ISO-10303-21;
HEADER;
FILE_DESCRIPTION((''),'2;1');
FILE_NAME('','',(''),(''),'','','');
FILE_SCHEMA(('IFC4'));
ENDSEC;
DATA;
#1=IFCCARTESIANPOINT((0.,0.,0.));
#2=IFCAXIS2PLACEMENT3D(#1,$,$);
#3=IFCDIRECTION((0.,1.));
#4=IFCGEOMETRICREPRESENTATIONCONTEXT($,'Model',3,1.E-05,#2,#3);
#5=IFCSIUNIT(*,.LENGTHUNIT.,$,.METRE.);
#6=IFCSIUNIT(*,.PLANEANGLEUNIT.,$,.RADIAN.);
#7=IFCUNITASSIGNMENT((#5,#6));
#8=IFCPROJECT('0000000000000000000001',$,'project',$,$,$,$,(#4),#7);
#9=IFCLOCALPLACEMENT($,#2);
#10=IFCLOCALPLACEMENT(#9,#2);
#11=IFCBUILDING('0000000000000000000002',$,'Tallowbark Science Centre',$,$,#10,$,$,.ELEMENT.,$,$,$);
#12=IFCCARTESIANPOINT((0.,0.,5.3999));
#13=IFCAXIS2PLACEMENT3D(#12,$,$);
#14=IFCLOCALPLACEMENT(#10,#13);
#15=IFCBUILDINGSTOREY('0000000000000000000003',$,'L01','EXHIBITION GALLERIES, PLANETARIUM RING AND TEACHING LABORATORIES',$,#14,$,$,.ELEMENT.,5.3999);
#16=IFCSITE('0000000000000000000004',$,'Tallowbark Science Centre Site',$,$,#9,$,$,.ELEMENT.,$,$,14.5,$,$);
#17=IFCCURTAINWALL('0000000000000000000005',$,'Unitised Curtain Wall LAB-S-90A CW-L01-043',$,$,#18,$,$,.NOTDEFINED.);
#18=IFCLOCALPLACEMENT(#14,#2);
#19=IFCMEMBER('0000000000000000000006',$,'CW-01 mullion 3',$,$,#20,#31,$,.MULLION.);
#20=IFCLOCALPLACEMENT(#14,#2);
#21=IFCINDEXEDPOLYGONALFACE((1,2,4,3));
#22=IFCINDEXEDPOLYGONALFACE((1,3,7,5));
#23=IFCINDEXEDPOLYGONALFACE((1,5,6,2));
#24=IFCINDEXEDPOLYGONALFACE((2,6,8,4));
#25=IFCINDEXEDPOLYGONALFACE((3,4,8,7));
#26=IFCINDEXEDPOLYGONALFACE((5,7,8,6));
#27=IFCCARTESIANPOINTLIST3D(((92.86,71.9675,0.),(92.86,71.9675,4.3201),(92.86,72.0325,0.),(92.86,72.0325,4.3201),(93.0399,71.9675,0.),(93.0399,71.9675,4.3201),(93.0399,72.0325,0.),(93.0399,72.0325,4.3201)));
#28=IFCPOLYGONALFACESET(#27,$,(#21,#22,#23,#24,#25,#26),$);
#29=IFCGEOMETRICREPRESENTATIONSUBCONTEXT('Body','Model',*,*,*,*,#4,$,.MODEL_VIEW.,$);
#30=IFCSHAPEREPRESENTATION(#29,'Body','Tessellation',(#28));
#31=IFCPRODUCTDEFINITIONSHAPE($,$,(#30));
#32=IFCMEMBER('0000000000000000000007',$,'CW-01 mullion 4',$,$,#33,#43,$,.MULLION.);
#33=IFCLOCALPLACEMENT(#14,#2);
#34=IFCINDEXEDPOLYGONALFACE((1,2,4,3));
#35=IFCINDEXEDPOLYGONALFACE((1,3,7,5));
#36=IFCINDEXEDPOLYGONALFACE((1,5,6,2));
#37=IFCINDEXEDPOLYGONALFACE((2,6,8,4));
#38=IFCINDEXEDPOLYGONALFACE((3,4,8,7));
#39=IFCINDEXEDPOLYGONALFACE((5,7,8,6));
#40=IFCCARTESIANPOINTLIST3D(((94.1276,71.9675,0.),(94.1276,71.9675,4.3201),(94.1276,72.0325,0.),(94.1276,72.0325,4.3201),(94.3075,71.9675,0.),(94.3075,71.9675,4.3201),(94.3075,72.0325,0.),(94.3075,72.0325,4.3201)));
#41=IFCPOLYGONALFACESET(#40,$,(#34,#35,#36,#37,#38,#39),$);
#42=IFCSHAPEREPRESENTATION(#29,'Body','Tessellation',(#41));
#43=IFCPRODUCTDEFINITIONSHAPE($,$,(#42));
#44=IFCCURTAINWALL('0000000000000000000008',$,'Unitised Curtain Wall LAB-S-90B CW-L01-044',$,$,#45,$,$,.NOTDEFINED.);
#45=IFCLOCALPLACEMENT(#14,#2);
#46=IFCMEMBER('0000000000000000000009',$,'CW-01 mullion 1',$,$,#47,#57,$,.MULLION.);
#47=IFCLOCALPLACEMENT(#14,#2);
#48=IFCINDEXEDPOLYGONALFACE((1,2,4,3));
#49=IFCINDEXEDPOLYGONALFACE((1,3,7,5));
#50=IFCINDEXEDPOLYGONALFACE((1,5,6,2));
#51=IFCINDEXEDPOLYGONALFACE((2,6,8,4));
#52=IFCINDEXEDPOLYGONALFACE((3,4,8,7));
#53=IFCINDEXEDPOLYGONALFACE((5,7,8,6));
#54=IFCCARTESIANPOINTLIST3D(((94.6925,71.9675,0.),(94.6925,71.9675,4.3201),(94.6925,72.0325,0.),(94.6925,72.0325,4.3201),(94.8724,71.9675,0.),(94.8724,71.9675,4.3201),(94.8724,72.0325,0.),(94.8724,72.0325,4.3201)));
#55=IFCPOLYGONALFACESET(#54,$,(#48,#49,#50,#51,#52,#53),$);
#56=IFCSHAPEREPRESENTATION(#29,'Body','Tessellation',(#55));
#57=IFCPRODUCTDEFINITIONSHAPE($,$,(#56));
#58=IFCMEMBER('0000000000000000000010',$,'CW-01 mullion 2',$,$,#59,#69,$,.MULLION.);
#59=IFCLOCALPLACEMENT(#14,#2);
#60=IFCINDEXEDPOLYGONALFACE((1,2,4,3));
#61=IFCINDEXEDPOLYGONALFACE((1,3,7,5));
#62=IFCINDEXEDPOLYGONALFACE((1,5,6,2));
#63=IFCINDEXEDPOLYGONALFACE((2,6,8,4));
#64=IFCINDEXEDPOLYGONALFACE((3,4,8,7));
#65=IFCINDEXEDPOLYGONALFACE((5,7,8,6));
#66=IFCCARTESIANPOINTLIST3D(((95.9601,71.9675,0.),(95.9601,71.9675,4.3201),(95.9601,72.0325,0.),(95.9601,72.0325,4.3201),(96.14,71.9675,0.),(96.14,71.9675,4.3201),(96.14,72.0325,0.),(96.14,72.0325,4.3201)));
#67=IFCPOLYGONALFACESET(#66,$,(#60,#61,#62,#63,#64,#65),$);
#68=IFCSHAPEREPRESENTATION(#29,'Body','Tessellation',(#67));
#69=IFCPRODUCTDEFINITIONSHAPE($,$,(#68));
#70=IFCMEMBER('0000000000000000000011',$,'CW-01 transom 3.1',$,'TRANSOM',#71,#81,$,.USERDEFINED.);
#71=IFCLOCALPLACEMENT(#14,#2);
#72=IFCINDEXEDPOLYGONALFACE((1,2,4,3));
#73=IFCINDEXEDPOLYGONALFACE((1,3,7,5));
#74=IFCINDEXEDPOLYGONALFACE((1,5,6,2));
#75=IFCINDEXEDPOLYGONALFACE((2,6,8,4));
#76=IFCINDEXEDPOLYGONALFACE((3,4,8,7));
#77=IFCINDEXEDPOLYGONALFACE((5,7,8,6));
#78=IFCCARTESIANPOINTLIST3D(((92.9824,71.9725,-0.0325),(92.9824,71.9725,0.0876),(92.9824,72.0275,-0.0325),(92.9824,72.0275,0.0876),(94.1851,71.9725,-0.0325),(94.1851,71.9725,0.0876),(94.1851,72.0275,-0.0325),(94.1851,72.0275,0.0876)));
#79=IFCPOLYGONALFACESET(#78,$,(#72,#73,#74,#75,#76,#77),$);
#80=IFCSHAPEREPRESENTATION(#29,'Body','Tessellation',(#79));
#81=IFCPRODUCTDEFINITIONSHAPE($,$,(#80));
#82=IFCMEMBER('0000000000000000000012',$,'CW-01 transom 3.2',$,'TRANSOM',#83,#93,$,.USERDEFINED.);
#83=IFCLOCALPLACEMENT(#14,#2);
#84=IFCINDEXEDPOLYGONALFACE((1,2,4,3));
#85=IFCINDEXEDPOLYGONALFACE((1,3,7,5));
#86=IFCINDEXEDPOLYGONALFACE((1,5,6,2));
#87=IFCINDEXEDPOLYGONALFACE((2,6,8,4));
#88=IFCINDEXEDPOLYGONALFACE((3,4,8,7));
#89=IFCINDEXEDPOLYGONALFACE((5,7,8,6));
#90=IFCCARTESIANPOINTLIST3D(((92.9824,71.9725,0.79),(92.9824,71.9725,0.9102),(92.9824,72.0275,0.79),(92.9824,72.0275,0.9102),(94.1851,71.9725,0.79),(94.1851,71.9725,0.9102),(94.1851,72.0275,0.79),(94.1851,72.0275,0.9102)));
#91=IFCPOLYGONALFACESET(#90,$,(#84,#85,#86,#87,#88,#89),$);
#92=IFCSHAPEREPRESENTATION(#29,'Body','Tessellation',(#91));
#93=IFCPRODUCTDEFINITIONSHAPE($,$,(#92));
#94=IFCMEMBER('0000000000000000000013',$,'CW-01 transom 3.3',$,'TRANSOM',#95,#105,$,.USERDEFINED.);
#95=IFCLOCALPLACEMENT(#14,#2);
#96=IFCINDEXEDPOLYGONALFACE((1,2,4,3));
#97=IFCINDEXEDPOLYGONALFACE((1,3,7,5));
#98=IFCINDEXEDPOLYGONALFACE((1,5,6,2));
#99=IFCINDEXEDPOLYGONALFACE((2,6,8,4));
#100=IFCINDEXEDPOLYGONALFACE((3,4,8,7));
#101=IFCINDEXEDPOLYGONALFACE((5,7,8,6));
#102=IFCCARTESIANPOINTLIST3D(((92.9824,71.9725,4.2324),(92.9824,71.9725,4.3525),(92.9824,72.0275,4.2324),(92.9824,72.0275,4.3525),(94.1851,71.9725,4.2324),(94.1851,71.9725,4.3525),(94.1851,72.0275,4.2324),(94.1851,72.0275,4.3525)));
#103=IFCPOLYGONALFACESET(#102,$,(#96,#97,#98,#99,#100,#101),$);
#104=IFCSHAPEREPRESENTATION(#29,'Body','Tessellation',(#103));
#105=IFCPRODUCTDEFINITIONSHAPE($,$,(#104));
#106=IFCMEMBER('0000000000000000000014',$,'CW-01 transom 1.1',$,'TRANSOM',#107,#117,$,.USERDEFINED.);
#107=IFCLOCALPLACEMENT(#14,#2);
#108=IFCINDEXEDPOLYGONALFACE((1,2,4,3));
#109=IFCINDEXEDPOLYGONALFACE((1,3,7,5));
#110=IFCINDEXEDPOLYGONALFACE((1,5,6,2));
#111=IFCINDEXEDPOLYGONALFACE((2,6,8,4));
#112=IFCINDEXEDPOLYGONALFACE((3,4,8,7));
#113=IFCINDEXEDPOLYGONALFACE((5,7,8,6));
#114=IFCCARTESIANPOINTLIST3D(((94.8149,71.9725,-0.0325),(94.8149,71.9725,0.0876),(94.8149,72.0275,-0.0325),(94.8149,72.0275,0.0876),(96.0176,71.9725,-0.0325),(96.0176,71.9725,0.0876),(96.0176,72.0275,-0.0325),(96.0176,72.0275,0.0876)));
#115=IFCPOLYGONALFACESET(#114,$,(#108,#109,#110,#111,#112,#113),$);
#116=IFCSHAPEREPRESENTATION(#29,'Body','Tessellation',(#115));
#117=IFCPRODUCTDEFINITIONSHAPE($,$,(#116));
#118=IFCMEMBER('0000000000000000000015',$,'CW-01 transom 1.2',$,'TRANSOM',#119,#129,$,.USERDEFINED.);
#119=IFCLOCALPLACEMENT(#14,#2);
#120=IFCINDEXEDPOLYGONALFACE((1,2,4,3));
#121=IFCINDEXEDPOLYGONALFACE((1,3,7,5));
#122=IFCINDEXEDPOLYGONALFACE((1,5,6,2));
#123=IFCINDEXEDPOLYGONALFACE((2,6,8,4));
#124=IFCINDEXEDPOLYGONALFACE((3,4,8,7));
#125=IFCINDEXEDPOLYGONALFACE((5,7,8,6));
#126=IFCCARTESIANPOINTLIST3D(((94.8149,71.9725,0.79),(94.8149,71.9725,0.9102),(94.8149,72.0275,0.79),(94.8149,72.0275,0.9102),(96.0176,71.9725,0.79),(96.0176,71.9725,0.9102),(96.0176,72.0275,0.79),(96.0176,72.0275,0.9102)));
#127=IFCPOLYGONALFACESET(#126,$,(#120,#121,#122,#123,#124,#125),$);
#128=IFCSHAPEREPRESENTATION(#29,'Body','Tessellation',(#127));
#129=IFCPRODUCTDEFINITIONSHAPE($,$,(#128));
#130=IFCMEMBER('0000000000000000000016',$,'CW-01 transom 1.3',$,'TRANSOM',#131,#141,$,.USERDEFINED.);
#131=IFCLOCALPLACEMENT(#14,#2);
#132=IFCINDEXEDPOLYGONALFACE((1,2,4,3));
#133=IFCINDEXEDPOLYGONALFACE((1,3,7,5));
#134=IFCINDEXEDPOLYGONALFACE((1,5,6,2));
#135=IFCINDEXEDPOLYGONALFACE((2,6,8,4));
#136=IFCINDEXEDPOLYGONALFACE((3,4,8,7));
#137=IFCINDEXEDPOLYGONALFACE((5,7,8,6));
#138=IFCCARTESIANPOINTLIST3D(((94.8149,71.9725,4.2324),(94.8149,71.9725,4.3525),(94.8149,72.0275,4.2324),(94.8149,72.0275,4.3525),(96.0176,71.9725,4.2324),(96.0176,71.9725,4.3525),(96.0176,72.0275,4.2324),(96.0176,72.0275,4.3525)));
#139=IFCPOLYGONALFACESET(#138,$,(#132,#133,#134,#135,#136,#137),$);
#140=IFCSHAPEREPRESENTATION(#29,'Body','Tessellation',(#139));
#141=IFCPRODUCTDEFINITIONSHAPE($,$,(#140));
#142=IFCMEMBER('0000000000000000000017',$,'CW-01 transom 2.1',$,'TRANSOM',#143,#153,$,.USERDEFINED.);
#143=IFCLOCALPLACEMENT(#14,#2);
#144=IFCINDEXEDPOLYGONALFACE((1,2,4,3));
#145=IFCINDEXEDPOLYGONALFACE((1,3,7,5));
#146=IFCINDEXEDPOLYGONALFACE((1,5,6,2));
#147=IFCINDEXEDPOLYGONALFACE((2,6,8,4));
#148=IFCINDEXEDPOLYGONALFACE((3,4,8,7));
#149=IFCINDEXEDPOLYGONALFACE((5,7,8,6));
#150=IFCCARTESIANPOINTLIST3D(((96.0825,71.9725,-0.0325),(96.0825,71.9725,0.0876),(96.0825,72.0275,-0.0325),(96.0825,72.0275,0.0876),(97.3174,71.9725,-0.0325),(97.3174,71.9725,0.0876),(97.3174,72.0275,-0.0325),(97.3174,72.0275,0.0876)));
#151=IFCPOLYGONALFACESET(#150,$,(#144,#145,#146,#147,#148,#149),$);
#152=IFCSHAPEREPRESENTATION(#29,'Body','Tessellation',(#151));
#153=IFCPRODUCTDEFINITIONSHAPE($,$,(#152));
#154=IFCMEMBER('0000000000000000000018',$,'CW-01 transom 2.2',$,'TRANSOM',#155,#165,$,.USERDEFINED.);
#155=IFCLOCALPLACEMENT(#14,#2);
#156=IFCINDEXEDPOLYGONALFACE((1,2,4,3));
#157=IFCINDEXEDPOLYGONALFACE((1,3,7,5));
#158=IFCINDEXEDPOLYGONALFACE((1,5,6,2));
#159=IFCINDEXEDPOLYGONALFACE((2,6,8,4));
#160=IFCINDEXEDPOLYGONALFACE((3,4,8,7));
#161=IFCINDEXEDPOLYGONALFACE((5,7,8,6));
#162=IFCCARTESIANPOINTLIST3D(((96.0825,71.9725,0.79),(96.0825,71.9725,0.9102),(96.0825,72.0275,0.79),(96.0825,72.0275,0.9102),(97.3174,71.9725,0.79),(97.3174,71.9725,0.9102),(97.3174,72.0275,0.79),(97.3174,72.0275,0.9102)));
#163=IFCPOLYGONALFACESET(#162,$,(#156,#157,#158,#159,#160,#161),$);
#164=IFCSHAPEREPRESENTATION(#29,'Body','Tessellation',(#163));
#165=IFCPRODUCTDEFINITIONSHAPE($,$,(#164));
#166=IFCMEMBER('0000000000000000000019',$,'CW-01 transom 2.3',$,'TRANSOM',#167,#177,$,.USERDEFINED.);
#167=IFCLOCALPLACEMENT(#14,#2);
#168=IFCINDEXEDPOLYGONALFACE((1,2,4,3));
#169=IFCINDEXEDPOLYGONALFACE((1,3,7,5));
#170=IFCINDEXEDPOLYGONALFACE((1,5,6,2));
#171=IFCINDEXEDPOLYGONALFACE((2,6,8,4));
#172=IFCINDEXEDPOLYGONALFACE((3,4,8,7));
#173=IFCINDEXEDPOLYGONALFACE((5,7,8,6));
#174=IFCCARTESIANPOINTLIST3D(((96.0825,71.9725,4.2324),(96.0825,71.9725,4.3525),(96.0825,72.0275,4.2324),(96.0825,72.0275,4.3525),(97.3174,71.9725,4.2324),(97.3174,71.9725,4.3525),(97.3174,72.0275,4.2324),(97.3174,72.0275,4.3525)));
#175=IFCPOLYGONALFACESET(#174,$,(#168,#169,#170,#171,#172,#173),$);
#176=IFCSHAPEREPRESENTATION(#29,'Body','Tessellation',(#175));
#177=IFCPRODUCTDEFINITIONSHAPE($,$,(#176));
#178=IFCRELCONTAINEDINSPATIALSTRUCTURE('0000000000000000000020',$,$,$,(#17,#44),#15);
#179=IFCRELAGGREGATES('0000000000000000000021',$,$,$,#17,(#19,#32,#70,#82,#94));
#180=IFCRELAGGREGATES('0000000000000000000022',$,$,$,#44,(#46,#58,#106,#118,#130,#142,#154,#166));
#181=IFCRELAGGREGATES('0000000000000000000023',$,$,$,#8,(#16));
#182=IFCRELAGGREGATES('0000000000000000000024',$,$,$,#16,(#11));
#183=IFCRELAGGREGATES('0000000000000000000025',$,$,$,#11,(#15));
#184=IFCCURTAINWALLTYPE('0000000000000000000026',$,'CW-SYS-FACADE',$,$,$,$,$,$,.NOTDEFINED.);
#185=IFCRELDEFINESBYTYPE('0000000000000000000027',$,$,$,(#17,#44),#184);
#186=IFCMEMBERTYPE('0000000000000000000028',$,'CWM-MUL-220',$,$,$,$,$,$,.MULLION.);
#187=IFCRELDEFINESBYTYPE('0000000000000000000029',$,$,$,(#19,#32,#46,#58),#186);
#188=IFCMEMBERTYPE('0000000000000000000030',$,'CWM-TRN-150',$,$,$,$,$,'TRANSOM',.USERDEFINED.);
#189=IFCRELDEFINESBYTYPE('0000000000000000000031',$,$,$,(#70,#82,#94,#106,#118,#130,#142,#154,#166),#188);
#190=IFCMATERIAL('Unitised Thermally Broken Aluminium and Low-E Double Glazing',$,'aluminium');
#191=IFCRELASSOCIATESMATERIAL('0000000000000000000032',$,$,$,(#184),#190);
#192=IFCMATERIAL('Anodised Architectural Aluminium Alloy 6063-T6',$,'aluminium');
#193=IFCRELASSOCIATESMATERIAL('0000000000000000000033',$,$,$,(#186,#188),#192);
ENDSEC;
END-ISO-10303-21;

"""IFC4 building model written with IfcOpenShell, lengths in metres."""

from ifc_helpers import new_model, si_unit, direction, frame, origin, origin_2d, place, context, subcontext, project, spatial, rectangle, extrude, material, material_profile, profile_set, type_object, element, aggregate, save


model = new_model("IFC4")

# Units and contexts
model_context = context("Model", 3, precision=1e-05, world=origin(), true_north=direction((0.0, 1.0)))
body_context = subcontext(model_context, "Body", "Model", "MODEL_VIEW")
ifc_project = project(units=[si_unit("LENGTHUNIT", "METRE"), si_unit("PLANEANGLEUNIT", "RADIAN")], contexts=[model_context])

# Site, building, storey
site_placement = place(None, origin())
site = spatial("IfcSite", under=ifc_project, at=site_placement, Name="Tallowbark Science Centre Site", CompositionType="ELEMENT", RefElevation=14.5)
building_placement = place(site_placement, origin())
building = spatial("IfcBuilding", under=site, at=building_placement, Name="Tallowbark Science Centre", CompositionType="ELEMENT")
storey_placement = place(building_placement, frame((0.0, 0.0, 5.3999)))
storey = spatial("IfcBuildingStorey", under=building, at=storey_placement, Name="L01", Description="EXHIBITION GALLERIES, PLANETARIUM RING AND TEACHING LABORATORIES", CompositionType="ELEMENT", Elevation=5.3999)

# Curtain walls, members
ifc_material_1 = material(Name="Unitised Thermally Broken Aluminium and Low-E Double Glazing", Category="aluminium")
curtain_wall_type = type_object("IfcCurtainWallType", Name="CW-SYS-FACADE", PredefinedType="NOTDEFINED", material=ifc_material_1)
curtain_wall_1_placement = place(storey_placement, origin())
curtain_wall_1 = element("IfcCurtainWall", 1, at=curtain_wall_1_placement, inside=storey, type_object=curtain_wall_type, Name="Unitised Curtain Wall LAB-S-90A CW-L01-043", PredefinedType="NOTDEFINED")
ifc_material_2 = material(Name="Anodised Architectural Aluminium Alloy 6063-T6", Category="aluminium")
ifc_material_profile_1 = material_profile(ifc_material_2, rectangle(XDim=0.0649, YDim=0.1799, at=origin_2d()), Name="ALU65x180")
ifc_profile_set_1 = profile_set([ifc_material_profile_1], Name="Anodised Architectural Aluminium Alloy 6063-T6")
member_type_1 = type_object("IfcMemberType", Name="CWM-MUL-220", PredefinedType="MULLION", material=ifc_profile_set_1)
member_1_placement = place(storey_placement, frame((92.95, 72.0, 0.0), z_axis=(0.0, 0.0, 1.0), x_axis=(0.0, 1.0, 0.0)))
member_1 = element("IfcMember", 2, at=member_1_placement, type_object=member_type_1, Name="CW-01 mullion 3", PredefinedType="MULLION", context=body_context, shape_type="SweptSolid", body=[
    extrude(rectangle(XDim=0.0649, YDim=0.1799, at=origin_2d()), origin(), (0.0, 0.0, 1.0), 4.3201),
])
member_2_placement = place(storey_placement, frame((94.2175, 72.0, 0.0), z_axis=(0.0, 0.0, 1.0), x_axis=(0.0, 1.0, 0.0)))
member_2 = element("IfcMember", 3, at=member_2_placement, type_object=member_type_1, Name="CW-01 mullion 4", PredefinedType="MULLION", context=body_context, shape_type="SweptSolid", body=[
    extrude(rectangle(XDim=0.0649, YDim=0.1799, at=origin_2d()), origin(), (0.0, 0.0, 1.0), 4.3201),
])
curtain_wall_2_placement = place(storey_placement, origin())
curtain_wall_2 = element("IfcCurtainWall", 4, at=curtain_wall_2_placement, inside=storey, type_object=curtain_wall_type, Name="Unitised Curtain Wall LAB-S-90B CW-L01-044", PredefinedType="NOTDEFINED")
member_3_placement = place(storey_placement, frame((94.7825, 72.0, 0.0), z_axis=(0.0, 0.0, 1.0), x_axis=(0.0, 1.0, 0.0)))
member_3 = element("IfcMember", 5, at=member_3_placement, type_object=member_type_1, Name="CW-01 mullion 1", PredefinedType="MULLION", context=body_context, shape_type="SweptSolid", body=[
    extrude(rectangle(XDim=0.0649, YDim=0.1799, at=origin_2d()), origin(), (0.0, 0.0, 1.0), 4.3201),
])
member_4_placement = place(storey_placement, frame((96.05, 72.0, 0.0), z_axis=(0.0, 0.0, 1.0), x_axis=(0.0, 1.0, 0.0)))
member_4 = element("IfcMember", 6, at=member_4_placement, type_object=member_type_1, Name="CW-01 mullion 2", PredefinedType="MULLION", context=body_context, shape_type="SweptSolid", body=[
    extrude(rectangle(XDim=0.0649, YDim=0.1799, at=origin_2d()), origin(), (0.0, 0.0, 1.0), 4.3201),
])

# Members
ifc_material_profile_2 = material_profile(ifc_material_2, rectangle(XDim=0.0549, YDim=0.1201, at=origin_2d()), Name="ALU55x120")
ifc_profile_set_2 = profile_set([ifc_material_profile_2], Name="Anodised Architectural Aluminium Alloy 6063-T6")
member_type_2 = type_object("IfcMemberType", Name="CWM-TRN-150", ElementType="TRANSOM", PredefinedType="USERDEFINED", material=ifc_profile_set_2)
member_5_placement = place(storey_placement, frame((92.9824, 72.0, 0.0276), z_axis=(1.0, 0.0, 0.0), x_axis=(0.0, 1.0, 0.0)))
member_5 = element("IfcMember", 7, at=member_5_placement, type_object=member_type_2, Name="CW-01 transom 3.1", ObjectType="TRANSOM", PredefinedType="USERDEFINED", context=body_context, shape_type="SweptSolid", body=[
    extrude(rectangle(XDim=0.0549, YDim=0.1201, at=origin_2d()), origin(), (0.0, 0.0, 1.0), 1.2026),
])
member_6_placement = place(storey_placement, frame((92.9824, 72.0, 0.8501), z_axis=(1.0, 0.0, 0.0), x_axis=(0.0, 1.0, 0.0)))
member_6 = element("IfcMember", 8, at=member_6_placement, type_object=member_type_2, Name="CW-01 transom 3.2", ObjectType="TRANSOM", PredefinedType="USERDEFINED", context=body_context, shape_type="SweptSolid", body=[
    extrude(rectangle(XDim=0.0549, YDim=0.1201, at=origin_2d()), origin(), (0.0, 0.0, 1.0), 1.2026),
])
member_7_placement = place(storey_placement, frame((92.9824, 72.0, 4.2925), z_axis=(1.0, 0.0, 0.0), x_axis=(0.0, 1.0, 0.0)))
member_7 = element("IfcMember", 9, at=member_7_placement, type_object=member_type_2, Name="CW-01 transom 3.3", ObjectType="TRANSOM", PredefinedType="USERDEFINED", context=body_context, shape_type="SweptSolid", body=[
    extrude(rectangle(XDim=0.0549, YDim=0.1201, at=origin_2d()), origin(), (0.0, 0.0, 1.0), 1.2026),
])
member_8_placement = place(storey_placement, frame((94.8149, 72.0, 0.0276), z_axis=(1.0, 0.0, 0.0), x_axis=(0.0, 1.0, 0.0)))
member_8 = element("IfcMember", 10, at=member_8_placement, type_object=member_type_2, Name="CW-01 transom 1.1", ObjectType="TRANSOM", PredefinedType="USERDEFINED", context=body_context, shape_type="SweptSolid", body=[
    extrude(rectangle(XDim=0.0549, YDim=0.1201, at=origin_2d()), origin(), (0.0, 0.0, 1.0), 1.2026),
])
member_9_placement = place(storey_placement, frame((94.8149, 72.0, 0.8501), z_axis=(1.0, 0.0, 0.0), x_axis=(0.0, 1.0, 0.0)))
member_9 = element("IfcMember", 11, at=member_9_placement, type_object=member_type_2, Name="CW-01 transom 1.2", ObjectType="TRANSOM", PredefinedType="USERDEFINED", context=body_context, shape_type="SweptSolid", body=[
    extrude(rectangle(XDim=0.0549, YDim=0.1201, at=origin_2d()), origin(), (0.0, 0.0, 1.0), 1.2026),
])
member_10_placement = place(storey_placement, frame((94.8149, 72.0, 4.2925), z_axis=(1.0, 0.0, 0.0), x_axis=(0.0, 1.0, 0.0)))
member_10 = element("IfcMember", 12, at=member_10_placement, type_object=member_type_2, Name="CW-01 transom 1.3", ObjectType="TRANSOM", PredefinedType="USERDEFINED", context=body_context, shape_type="SweptSolid", body=[
    extrude(rectangle(XDim=0.0549, YDim=0.1201, at=origin_2d()), origin(), (0.0, 0.0, 1.0), 1.2026),
])
member_11_placement = place(storey_placement, frame((96.0825, 72.0, 0.0276), z_axis=(1.0, 0.0, 0.0), x_axis=(0.0, 1.0, 0.0)))
member_11 = element("IfcMember", 13, at=member_11_placement, type_object=member_type_2, Name="CW-01 transom 2.1", ObjectType="TRANSOM", PredefinedType="USERDEFINED", context=body_context, shape_type="SweptSolid", body=[
    extrude(rectangle(XDim=0.0549, YDim=0.1201, at=origin_2d()), origin(), (0.0, 0.0, 1.0), 1.2349),
])
member_12_placement = place(storey_placement, frame((96.0825, 72.0, 0.8501), z_axis=(1.0, 0.0, 0.0), x_axis=(0.0, 1.0, 0.0)))
member_12 = element("IfcMember", 14, at=member_12_placement, type_object=member_type_2, Name="CW-01 transom 2.2", ObjectType="TRANSOM", PredefinedType="USERDEFINED", context=body_context, shape_type="SweptSolid", body=[
    extrude(rectangle(XDim=0.0549, YDim=0.1201, at=origin_2d()), origin(), (0.0, 0.0, 1.0), 1.2349),
])
member_13_placement = place(storey_placement, frame((96.0825, 72.0, 4.2925), z_axis=(1.0, 0.0, 0.0), x_axis=(0.0, 1.0, 0.0)))
member_13 = element("IfcMember", 15, at=member_13_placement, type_object=member_type_2, Name="CW-01 transom 2.3", ObjectType="TRANSOM", PredefinedType="USERDEFINED", context=body_context, shape_type="SweptSolid", body=[
    extrude(rectangle(XDim=0.0549, YDim=0.1201, at=origin_2d()), origin(), (0.0, 0.0, 1.0), 1.2349),
])

aggregate(curtain_wall_1, [member_1, member_2, member_5, member_6, member_7])
aggregate(curtain_wall_2, [member_3, member_4, member_8, member_9, member_10, member_11, member_12, member_13])

save(model, "model.ifc")
